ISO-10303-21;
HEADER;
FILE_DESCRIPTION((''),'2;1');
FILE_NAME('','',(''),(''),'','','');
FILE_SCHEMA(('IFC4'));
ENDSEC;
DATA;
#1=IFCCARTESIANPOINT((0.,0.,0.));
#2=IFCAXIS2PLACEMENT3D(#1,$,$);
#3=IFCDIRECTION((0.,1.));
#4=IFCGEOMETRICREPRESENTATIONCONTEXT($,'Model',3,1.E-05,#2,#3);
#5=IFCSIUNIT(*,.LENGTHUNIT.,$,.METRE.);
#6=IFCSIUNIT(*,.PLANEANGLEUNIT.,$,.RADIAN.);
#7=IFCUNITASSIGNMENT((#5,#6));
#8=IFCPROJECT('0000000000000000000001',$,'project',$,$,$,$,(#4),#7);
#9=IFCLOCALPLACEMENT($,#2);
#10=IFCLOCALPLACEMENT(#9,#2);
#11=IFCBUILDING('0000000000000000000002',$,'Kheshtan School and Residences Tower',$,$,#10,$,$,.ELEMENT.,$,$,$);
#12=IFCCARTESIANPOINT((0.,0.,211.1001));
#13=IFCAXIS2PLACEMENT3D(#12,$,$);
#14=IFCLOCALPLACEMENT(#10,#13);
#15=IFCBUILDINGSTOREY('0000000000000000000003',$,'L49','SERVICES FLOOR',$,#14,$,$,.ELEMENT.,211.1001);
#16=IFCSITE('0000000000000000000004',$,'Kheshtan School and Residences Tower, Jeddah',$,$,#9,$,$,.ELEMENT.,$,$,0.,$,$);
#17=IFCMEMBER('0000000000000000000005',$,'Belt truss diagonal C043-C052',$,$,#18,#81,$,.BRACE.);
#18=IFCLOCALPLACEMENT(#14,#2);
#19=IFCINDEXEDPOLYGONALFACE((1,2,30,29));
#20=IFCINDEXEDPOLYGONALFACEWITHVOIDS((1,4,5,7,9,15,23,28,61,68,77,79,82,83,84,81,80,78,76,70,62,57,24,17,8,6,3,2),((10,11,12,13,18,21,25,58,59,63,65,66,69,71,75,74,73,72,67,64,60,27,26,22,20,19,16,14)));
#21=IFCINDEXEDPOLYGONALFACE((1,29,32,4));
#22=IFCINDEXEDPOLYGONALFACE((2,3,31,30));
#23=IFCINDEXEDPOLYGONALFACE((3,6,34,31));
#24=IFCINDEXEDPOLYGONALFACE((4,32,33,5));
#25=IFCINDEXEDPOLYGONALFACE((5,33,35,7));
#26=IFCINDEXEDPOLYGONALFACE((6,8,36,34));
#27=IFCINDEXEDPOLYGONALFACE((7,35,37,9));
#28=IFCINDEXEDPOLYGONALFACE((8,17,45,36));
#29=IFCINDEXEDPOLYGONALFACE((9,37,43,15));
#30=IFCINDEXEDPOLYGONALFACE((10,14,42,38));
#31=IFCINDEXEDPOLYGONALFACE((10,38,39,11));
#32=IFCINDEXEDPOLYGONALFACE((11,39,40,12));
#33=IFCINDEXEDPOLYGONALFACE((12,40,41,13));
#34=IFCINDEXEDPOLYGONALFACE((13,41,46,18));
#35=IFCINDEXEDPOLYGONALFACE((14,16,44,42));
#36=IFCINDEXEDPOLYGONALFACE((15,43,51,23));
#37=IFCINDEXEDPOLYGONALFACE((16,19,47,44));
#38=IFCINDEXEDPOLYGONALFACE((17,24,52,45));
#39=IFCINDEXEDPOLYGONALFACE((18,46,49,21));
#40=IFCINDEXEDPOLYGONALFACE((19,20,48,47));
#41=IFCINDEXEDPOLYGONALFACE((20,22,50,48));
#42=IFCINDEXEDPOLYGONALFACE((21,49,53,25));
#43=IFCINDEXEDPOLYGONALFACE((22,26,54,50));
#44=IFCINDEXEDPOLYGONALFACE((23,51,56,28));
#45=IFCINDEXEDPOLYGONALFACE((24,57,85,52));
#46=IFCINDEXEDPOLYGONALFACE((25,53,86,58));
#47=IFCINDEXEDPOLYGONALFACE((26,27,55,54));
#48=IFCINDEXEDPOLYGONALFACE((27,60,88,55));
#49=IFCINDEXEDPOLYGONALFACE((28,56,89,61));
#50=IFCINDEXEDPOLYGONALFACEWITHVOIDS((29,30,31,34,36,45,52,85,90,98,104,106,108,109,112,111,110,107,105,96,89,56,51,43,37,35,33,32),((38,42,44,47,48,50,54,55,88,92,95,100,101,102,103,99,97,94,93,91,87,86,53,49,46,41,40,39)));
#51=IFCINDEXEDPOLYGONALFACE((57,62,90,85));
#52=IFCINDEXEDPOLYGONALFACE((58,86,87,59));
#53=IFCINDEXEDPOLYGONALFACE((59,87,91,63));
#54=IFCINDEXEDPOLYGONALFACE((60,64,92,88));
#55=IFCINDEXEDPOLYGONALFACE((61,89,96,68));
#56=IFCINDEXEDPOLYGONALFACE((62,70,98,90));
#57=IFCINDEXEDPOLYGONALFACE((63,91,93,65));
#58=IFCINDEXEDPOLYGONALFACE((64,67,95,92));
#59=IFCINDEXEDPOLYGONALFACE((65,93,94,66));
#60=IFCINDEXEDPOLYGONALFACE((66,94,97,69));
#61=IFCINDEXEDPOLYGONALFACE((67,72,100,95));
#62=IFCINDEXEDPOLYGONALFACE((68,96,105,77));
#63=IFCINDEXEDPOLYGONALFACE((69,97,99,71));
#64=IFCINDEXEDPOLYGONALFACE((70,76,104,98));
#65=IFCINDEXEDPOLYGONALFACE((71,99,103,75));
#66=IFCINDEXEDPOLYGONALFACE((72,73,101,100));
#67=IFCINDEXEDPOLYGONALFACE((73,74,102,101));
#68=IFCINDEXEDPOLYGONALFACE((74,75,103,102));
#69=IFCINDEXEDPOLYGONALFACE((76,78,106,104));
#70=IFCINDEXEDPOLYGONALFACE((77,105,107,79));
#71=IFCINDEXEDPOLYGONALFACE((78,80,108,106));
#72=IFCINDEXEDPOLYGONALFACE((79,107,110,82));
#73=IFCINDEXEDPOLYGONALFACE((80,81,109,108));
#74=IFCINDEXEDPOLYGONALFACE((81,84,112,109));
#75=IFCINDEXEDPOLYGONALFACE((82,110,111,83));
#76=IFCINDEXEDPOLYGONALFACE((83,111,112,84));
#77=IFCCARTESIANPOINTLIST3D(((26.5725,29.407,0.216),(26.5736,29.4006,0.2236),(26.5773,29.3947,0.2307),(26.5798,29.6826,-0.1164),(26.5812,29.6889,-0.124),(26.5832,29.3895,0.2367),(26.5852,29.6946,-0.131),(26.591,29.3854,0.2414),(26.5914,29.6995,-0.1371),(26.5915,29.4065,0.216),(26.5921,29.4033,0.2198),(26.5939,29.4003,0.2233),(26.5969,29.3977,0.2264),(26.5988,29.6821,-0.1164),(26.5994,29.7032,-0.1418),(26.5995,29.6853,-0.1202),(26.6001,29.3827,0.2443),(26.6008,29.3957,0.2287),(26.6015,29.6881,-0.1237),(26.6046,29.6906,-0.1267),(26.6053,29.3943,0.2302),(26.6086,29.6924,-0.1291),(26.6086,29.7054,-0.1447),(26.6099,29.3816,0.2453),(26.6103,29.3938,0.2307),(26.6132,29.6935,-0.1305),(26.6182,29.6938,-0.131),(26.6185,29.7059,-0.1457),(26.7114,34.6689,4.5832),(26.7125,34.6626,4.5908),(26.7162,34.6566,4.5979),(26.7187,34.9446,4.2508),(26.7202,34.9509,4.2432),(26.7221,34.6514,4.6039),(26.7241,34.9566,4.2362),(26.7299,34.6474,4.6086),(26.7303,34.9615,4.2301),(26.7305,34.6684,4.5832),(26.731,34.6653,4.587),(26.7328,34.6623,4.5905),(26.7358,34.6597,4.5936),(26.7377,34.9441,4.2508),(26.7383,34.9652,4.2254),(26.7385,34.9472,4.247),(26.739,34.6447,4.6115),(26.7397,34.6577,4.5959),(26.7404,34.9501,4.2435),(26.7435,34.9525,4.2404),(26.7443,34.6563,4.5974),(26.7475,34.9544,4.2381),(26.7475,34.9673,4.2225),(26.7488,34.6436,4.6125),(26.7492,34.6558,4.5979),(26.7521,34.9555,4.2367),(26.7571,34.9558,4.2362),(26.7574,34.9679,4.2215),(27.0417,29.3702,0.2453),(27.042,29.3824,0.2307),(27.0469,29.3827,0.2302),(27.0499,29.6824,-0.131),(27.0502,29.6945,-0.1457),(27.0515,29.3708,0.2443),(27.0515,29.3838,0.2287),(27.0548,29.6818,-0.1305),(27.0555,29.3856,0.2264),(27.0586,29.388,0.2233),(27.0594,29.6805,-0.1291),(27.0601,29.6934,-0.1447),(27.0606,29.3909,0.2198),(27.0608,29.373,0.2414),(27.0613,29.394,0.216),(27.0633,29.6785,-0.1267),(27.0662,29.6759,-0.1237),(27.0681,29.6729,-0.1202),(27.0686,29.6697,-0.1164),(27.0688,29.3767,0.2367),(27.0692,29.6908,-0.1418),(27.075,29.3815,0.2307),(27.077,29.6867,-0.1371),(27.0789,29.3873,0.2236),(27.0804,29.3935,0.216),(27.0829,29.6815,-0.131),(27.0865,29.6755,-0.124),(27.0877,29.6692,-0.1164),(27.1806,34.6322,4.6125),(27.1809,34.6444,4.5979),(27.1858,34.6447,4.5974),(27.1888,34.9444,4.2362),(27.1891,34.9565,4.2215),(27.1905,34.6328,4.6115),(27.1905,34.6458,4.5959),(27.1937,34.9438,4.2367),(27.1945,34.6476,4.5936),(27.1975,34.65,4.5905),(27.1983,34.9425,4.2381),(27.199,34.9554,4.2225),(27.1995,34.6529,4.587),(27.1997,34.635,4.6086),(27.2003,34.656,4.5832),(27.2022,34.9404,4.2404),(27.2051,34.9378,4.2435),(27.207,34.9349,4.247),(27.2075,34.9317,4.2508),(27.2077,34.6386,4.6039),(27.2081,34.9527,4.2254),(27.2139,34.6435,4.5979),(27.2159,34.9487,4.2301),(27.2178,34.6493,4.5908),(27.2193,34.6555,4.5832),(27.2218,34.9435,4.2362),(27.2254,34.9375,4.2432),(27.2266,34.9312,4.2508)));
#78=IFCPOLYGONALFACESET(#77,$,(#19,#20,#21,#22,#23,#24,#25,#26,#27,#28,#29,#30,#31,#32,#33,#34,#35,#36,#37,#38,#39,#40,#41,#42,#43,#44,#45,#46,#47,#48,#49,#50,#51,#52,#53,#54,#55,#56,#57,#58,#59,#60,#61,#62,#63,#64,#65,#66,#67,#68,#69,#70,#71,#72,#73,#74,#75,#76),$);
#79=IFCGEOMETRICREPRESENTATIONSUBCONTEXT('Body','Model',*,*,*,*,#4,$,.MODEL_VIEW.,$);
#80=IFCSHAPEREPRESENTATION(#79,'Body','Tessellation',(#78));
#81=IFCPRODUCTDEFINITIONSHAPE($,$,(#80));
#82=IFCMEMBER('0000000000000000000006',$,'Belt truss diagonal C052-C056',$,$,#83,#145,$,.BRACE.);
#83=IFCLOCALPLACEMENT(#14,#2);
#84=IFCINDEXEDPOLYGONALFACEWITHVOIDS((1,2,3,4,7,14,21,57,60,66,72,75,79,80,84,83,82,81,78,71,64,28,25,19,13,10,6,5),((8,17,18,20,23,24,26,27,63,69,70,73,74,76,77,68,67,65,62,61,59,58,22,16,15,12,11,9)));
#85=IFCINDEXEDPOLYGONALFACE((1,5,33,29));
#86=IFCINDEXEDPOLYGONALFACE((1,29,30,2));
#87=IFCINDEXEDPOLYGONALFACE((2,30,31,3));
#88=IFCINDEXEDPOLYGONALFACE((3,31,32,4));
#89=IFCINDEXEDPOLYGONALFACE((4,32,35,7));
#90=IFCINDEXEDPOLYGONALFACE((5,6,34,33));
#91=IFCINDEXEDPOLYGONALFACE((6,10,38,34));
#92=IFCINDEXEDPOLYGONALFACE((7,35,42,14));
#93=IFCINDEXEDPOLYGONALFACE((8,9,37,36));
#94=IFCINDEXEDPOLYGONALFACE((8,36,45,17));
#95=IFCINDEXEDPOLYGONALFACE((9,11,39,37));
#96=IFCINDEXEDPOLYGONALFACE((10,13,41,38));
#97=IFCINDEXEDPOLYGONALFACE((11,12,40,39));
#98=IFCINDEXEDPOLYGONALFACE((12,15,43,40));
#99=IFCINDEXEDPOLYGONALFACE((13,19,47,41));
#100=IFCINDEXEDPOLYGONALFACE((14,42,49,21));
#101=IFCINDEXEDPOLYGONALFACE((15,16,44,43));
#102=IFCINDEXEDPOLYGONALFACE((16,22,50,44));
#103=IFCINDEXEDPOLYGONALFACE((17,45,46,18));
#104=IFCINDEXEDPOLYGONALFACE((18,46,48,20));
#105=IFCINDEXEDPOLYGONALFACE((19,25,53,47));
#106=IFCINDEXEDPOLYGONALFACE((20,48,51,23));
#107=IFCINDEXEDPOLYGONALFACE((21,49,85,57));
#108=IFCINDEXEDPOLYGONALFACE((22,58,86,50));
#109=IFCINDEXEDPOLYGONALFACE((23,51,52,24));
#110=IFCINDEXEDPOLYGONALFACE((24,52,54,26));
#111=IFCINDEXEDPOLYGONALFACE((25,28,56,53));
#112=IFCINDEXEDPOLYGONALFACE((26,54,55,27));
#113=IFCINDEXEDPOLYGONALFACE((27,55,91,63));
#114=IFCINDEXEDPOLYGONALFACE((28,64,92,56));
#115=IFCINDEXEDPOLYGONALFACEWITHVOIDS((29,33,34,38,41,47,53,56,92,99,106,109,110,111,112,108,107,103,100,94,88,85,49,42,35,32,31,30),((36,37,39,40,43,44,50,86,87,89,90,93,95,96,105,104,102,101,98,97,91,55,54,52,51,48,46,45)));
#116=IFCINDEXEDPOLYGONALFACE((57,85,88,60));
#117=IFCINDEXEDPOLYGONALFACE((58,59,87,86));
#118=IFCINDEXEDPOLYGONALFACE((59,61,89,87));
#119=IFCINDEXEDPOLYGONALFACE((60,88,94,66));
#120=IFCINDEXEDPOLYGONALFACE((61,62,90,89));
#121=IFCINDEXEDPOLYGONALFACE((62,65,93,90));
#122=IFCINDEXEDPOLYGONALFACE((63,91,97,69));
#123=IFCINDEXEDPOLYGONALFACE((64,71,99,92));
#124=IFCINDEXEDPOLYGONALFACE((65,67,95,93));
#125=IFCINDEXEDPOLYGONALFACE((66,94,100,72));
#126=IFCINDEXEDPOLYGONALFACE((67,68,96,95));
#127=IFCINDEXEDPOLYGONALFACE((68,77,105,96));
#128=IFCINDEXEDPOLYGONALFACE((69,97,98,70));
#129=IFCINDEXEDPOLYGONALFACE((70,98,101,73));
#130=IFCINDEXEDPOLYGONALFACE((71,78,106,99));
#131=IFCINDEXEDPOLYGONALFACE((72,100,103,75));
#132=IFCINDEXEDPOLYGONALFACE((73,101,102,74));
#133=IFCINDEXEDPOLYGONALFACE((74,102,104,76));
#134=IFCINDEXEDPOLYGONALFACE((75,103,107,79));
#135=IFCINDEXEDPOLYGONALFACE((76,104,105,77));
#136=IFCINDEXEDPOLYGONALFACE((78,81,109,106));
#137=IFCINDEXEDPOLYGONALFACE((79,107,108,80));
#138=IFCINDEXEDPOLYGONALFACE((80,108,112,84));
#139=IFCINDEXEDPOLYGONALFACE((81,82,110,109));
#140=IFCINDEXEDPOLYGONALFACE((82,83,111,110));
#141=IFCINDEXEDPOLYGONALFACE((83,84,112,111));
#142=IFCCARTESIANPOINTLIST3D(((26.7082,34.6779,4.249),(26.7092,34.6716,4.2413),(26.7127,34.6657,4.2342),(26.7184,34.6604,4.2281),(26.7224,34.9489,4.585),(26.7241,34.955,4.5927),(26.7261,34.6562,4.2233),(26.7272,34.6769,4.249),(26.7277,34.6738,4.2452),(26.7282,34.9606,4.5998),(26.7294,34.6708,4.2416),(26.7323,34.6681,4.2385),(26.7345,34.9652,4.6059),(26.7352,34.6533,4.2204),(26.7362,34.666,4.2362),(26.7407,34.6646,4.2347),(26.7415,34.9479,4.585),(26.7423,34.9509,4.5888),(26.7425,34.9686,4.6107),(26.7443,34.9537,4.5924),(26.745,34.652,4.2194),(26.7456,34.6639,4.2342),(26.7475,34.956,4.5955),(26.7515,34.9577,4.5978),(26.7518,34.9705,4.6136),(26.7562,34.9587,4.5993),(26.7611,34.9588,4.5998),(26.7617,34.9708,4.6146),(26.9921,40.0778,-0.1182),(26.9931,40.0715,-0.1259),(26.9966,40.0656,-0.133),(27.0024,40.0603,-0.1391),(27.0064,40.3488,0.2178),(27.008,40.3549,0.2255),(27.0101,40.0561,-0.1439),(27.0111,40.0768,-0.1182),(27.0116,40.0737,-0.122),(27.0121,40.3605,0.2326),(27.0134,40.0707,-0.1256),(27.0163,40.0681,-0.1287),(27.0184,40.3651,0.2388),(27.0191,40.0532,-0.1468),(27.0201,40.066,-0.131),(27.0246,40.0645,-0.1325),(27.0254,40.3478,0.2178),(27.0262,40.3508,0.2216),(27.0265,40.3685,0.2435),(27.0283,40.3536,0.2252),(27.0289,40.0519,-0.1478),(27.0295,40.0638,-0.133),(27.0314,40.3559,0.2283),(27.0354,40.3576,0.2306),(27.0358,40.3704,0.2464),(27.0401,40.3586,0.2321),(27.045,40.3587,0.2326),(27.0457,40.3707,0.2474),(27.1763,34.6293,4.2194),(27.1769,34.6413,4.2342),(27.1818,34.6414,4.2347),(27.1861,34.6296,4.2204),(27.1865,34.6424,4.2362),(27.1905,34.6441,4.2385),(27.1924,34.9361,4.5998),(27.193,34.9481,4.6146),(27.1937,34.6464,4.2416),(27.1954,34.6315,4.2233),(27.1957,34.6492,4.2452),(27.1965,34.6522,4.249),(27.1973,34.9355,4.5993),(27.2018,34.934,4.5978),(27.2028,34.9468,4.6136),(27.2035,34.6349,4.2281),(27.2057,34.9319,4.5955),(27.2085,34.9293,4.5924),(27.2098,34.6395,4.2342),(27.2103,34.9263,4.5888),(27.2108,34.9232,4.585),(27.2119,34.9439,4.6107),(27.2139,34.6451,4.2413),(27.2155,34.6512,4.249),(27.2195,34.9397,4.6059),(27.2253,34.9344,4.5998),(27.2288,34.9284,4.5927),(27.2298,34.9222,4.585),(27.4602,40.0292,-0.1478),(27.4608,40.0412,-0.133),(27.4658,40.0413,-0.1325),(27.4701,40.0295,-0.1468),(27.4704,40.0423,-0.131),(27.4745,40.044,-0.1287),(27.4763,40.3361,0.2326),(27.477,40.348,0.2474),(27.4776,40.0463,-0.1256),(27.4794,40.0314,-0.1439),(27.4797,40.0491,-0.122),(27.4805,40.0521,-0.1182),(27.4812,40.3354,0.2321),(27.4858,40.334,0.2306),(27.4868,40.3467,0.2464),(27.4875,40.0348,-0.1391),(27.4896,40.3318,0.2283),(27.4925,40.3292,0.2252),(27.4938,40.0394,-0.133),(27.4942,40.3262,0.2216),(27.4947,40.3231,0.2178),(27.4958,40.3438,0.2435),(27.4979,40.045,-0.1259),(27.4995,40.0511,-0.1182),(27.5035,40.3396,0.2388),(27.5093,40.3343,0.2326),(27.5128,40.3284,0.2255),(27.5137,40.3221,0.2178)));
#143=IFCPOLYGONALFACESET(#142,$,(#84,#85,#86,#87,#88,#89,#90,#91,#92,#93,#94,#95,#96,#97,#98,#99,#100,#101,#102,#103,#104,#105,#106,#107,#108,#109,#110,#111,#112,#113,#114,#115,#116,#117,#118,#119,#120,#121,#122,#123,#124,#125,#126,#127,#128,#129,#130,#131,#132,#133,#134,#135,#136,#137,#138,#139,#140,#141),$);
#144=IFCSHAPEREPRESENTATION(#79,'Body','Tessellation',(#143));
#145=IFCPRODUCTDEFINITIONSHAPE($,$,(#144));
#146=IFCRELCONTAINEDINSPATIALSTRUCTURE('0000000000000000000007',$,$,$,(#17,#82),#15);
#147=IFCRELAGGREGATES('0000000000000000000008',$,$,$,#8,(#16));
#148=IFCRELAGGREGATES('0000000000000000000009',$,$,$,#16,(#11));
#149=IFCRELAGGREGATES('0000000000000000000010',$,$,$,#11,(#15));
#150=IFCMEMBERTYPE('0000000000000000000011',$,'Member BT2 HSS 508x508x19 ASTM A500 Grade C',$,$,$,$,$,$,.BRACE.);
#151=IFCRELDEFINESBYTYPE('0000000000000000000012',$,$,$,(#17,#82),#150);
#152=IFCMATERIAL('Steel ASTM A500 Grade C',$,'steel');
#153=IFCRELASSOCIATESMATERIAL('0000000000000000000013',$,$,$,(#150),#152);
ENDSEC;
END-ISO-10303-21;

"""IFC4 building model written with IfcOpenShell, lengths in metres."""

from ifc_helpers import new_model, si_unit, direction, frame, origin, origin_2d, place, context, subcontext, project, spatial, hollow_rectangle, extrude, material, material_profile, profile_set, type_object, element, save


model = new_model("IFC4")

# Units and contexts
model_context = context("Model", 3, precision=1e-05, world=origin(), true_north=direction((0.0, 1.0)))
body_context = subcontext(model_context, "Body", "Model", "MODEL_VIEW")
ifc_project = project(units=[si_unit("LENGTHUNIT", "METRE"), si_unit("PLANEANGLEUNIT", "RADIAN")], contexts=[model_context])

# Site, building, storey
site_placement = place(None, origin())
site = spatial("IfcSite", under=ifc_project, at=site_placement, Name="Kheshtan School and Residences Tower, Jeddah", CompositionType="ELEMENT", RefElevation=0.0)
building_placement = place(site_placement, origin())
building = spatial("IfcBuilding", under=site, at=building_placement, Name="Kheshtan School and Residences Tower", CompositionType="ELEMENT")
storey_placement = place(building_placement, frame((0.0, 0.0, 211.1001)))
storey = spatial("IfcBuildingStorey", under=building, at=storey_placement, Name="L49", Description="SERVICES FLOOR", CompositionType="ELEMENT", Elevation=211.1001)

# Members
ifc_material_1 = material(Name="Steel ASTM A500 Grade C", Category="steel")
ifc_material_profile_1 = material_profile(ifc_material_1, hollow_rectangle(XDim=0.5081, YDim=0.5081, WallThickness=0.019, InnerFilletRadius=0.019, OuterFilletRadius=0.0381, at=origin_2d()), Name="HSS 508x508x19")
ifc_profile_set_1 = profile_set([ifc_material_profile_1], Name="Steel ASTM A500 Grade C")
member_type = type_object("IfcMemberType", Name="Member BT2 HSS 508x508x19 ASTM A500 Grade C", PredefinedType="BRACE", material=ifc_profile_set_1)
member_1_placement = place(storey_placement, frame((26.8301, 29.5381, 0.0498), z_axis=(0.020311, 0.76934, 0.638517), x_axis=(-0.999652, 0.026391, 0.0)))
element("IfcMember", 1, at=member_1_placement, inside=storey, type_object=member_type, Name="Belt truss diagonal C043-C052", PredefinedType="BRACE", context=body_context, shape_type="SweptSolid", body=[
    extrude(hollow_rectangle(XDim=0.5081, YDim=0.5081, WallThickness=0.019, InnerFilletRadius=0.019, OuterFilletRadius=0.0381, at=origin_2d()), origin(), (0.0, 0.0, 1.0), 6.8396),
])
member_2_placement = place(storey_placement, frame((27.2529, 40.2, 0.0498), z_axis=(-0.04085, -0.776889, 0.628311), x_axis=(0.99862, -0.052509, 0.0)))
element("IfcMember", 2, at=member_2_placement, inside=storey, type_object=member_type, Name="Belt truss diagonal C052-C056", PredefinedType="BRACE", context=body_context, shape_type="SweptSolid", body=[
    extrude(hollow_rectangle(XDim=0.5081, YDim=0.5081, WallThickness=0.019, InnerFilletRadius=0.019, OuterFilletRadius=0.0381, at=origin_2d()), origin(), (0.0, 0.0, 1.0), 6.9507),
])

save(model, "model.ifc")
